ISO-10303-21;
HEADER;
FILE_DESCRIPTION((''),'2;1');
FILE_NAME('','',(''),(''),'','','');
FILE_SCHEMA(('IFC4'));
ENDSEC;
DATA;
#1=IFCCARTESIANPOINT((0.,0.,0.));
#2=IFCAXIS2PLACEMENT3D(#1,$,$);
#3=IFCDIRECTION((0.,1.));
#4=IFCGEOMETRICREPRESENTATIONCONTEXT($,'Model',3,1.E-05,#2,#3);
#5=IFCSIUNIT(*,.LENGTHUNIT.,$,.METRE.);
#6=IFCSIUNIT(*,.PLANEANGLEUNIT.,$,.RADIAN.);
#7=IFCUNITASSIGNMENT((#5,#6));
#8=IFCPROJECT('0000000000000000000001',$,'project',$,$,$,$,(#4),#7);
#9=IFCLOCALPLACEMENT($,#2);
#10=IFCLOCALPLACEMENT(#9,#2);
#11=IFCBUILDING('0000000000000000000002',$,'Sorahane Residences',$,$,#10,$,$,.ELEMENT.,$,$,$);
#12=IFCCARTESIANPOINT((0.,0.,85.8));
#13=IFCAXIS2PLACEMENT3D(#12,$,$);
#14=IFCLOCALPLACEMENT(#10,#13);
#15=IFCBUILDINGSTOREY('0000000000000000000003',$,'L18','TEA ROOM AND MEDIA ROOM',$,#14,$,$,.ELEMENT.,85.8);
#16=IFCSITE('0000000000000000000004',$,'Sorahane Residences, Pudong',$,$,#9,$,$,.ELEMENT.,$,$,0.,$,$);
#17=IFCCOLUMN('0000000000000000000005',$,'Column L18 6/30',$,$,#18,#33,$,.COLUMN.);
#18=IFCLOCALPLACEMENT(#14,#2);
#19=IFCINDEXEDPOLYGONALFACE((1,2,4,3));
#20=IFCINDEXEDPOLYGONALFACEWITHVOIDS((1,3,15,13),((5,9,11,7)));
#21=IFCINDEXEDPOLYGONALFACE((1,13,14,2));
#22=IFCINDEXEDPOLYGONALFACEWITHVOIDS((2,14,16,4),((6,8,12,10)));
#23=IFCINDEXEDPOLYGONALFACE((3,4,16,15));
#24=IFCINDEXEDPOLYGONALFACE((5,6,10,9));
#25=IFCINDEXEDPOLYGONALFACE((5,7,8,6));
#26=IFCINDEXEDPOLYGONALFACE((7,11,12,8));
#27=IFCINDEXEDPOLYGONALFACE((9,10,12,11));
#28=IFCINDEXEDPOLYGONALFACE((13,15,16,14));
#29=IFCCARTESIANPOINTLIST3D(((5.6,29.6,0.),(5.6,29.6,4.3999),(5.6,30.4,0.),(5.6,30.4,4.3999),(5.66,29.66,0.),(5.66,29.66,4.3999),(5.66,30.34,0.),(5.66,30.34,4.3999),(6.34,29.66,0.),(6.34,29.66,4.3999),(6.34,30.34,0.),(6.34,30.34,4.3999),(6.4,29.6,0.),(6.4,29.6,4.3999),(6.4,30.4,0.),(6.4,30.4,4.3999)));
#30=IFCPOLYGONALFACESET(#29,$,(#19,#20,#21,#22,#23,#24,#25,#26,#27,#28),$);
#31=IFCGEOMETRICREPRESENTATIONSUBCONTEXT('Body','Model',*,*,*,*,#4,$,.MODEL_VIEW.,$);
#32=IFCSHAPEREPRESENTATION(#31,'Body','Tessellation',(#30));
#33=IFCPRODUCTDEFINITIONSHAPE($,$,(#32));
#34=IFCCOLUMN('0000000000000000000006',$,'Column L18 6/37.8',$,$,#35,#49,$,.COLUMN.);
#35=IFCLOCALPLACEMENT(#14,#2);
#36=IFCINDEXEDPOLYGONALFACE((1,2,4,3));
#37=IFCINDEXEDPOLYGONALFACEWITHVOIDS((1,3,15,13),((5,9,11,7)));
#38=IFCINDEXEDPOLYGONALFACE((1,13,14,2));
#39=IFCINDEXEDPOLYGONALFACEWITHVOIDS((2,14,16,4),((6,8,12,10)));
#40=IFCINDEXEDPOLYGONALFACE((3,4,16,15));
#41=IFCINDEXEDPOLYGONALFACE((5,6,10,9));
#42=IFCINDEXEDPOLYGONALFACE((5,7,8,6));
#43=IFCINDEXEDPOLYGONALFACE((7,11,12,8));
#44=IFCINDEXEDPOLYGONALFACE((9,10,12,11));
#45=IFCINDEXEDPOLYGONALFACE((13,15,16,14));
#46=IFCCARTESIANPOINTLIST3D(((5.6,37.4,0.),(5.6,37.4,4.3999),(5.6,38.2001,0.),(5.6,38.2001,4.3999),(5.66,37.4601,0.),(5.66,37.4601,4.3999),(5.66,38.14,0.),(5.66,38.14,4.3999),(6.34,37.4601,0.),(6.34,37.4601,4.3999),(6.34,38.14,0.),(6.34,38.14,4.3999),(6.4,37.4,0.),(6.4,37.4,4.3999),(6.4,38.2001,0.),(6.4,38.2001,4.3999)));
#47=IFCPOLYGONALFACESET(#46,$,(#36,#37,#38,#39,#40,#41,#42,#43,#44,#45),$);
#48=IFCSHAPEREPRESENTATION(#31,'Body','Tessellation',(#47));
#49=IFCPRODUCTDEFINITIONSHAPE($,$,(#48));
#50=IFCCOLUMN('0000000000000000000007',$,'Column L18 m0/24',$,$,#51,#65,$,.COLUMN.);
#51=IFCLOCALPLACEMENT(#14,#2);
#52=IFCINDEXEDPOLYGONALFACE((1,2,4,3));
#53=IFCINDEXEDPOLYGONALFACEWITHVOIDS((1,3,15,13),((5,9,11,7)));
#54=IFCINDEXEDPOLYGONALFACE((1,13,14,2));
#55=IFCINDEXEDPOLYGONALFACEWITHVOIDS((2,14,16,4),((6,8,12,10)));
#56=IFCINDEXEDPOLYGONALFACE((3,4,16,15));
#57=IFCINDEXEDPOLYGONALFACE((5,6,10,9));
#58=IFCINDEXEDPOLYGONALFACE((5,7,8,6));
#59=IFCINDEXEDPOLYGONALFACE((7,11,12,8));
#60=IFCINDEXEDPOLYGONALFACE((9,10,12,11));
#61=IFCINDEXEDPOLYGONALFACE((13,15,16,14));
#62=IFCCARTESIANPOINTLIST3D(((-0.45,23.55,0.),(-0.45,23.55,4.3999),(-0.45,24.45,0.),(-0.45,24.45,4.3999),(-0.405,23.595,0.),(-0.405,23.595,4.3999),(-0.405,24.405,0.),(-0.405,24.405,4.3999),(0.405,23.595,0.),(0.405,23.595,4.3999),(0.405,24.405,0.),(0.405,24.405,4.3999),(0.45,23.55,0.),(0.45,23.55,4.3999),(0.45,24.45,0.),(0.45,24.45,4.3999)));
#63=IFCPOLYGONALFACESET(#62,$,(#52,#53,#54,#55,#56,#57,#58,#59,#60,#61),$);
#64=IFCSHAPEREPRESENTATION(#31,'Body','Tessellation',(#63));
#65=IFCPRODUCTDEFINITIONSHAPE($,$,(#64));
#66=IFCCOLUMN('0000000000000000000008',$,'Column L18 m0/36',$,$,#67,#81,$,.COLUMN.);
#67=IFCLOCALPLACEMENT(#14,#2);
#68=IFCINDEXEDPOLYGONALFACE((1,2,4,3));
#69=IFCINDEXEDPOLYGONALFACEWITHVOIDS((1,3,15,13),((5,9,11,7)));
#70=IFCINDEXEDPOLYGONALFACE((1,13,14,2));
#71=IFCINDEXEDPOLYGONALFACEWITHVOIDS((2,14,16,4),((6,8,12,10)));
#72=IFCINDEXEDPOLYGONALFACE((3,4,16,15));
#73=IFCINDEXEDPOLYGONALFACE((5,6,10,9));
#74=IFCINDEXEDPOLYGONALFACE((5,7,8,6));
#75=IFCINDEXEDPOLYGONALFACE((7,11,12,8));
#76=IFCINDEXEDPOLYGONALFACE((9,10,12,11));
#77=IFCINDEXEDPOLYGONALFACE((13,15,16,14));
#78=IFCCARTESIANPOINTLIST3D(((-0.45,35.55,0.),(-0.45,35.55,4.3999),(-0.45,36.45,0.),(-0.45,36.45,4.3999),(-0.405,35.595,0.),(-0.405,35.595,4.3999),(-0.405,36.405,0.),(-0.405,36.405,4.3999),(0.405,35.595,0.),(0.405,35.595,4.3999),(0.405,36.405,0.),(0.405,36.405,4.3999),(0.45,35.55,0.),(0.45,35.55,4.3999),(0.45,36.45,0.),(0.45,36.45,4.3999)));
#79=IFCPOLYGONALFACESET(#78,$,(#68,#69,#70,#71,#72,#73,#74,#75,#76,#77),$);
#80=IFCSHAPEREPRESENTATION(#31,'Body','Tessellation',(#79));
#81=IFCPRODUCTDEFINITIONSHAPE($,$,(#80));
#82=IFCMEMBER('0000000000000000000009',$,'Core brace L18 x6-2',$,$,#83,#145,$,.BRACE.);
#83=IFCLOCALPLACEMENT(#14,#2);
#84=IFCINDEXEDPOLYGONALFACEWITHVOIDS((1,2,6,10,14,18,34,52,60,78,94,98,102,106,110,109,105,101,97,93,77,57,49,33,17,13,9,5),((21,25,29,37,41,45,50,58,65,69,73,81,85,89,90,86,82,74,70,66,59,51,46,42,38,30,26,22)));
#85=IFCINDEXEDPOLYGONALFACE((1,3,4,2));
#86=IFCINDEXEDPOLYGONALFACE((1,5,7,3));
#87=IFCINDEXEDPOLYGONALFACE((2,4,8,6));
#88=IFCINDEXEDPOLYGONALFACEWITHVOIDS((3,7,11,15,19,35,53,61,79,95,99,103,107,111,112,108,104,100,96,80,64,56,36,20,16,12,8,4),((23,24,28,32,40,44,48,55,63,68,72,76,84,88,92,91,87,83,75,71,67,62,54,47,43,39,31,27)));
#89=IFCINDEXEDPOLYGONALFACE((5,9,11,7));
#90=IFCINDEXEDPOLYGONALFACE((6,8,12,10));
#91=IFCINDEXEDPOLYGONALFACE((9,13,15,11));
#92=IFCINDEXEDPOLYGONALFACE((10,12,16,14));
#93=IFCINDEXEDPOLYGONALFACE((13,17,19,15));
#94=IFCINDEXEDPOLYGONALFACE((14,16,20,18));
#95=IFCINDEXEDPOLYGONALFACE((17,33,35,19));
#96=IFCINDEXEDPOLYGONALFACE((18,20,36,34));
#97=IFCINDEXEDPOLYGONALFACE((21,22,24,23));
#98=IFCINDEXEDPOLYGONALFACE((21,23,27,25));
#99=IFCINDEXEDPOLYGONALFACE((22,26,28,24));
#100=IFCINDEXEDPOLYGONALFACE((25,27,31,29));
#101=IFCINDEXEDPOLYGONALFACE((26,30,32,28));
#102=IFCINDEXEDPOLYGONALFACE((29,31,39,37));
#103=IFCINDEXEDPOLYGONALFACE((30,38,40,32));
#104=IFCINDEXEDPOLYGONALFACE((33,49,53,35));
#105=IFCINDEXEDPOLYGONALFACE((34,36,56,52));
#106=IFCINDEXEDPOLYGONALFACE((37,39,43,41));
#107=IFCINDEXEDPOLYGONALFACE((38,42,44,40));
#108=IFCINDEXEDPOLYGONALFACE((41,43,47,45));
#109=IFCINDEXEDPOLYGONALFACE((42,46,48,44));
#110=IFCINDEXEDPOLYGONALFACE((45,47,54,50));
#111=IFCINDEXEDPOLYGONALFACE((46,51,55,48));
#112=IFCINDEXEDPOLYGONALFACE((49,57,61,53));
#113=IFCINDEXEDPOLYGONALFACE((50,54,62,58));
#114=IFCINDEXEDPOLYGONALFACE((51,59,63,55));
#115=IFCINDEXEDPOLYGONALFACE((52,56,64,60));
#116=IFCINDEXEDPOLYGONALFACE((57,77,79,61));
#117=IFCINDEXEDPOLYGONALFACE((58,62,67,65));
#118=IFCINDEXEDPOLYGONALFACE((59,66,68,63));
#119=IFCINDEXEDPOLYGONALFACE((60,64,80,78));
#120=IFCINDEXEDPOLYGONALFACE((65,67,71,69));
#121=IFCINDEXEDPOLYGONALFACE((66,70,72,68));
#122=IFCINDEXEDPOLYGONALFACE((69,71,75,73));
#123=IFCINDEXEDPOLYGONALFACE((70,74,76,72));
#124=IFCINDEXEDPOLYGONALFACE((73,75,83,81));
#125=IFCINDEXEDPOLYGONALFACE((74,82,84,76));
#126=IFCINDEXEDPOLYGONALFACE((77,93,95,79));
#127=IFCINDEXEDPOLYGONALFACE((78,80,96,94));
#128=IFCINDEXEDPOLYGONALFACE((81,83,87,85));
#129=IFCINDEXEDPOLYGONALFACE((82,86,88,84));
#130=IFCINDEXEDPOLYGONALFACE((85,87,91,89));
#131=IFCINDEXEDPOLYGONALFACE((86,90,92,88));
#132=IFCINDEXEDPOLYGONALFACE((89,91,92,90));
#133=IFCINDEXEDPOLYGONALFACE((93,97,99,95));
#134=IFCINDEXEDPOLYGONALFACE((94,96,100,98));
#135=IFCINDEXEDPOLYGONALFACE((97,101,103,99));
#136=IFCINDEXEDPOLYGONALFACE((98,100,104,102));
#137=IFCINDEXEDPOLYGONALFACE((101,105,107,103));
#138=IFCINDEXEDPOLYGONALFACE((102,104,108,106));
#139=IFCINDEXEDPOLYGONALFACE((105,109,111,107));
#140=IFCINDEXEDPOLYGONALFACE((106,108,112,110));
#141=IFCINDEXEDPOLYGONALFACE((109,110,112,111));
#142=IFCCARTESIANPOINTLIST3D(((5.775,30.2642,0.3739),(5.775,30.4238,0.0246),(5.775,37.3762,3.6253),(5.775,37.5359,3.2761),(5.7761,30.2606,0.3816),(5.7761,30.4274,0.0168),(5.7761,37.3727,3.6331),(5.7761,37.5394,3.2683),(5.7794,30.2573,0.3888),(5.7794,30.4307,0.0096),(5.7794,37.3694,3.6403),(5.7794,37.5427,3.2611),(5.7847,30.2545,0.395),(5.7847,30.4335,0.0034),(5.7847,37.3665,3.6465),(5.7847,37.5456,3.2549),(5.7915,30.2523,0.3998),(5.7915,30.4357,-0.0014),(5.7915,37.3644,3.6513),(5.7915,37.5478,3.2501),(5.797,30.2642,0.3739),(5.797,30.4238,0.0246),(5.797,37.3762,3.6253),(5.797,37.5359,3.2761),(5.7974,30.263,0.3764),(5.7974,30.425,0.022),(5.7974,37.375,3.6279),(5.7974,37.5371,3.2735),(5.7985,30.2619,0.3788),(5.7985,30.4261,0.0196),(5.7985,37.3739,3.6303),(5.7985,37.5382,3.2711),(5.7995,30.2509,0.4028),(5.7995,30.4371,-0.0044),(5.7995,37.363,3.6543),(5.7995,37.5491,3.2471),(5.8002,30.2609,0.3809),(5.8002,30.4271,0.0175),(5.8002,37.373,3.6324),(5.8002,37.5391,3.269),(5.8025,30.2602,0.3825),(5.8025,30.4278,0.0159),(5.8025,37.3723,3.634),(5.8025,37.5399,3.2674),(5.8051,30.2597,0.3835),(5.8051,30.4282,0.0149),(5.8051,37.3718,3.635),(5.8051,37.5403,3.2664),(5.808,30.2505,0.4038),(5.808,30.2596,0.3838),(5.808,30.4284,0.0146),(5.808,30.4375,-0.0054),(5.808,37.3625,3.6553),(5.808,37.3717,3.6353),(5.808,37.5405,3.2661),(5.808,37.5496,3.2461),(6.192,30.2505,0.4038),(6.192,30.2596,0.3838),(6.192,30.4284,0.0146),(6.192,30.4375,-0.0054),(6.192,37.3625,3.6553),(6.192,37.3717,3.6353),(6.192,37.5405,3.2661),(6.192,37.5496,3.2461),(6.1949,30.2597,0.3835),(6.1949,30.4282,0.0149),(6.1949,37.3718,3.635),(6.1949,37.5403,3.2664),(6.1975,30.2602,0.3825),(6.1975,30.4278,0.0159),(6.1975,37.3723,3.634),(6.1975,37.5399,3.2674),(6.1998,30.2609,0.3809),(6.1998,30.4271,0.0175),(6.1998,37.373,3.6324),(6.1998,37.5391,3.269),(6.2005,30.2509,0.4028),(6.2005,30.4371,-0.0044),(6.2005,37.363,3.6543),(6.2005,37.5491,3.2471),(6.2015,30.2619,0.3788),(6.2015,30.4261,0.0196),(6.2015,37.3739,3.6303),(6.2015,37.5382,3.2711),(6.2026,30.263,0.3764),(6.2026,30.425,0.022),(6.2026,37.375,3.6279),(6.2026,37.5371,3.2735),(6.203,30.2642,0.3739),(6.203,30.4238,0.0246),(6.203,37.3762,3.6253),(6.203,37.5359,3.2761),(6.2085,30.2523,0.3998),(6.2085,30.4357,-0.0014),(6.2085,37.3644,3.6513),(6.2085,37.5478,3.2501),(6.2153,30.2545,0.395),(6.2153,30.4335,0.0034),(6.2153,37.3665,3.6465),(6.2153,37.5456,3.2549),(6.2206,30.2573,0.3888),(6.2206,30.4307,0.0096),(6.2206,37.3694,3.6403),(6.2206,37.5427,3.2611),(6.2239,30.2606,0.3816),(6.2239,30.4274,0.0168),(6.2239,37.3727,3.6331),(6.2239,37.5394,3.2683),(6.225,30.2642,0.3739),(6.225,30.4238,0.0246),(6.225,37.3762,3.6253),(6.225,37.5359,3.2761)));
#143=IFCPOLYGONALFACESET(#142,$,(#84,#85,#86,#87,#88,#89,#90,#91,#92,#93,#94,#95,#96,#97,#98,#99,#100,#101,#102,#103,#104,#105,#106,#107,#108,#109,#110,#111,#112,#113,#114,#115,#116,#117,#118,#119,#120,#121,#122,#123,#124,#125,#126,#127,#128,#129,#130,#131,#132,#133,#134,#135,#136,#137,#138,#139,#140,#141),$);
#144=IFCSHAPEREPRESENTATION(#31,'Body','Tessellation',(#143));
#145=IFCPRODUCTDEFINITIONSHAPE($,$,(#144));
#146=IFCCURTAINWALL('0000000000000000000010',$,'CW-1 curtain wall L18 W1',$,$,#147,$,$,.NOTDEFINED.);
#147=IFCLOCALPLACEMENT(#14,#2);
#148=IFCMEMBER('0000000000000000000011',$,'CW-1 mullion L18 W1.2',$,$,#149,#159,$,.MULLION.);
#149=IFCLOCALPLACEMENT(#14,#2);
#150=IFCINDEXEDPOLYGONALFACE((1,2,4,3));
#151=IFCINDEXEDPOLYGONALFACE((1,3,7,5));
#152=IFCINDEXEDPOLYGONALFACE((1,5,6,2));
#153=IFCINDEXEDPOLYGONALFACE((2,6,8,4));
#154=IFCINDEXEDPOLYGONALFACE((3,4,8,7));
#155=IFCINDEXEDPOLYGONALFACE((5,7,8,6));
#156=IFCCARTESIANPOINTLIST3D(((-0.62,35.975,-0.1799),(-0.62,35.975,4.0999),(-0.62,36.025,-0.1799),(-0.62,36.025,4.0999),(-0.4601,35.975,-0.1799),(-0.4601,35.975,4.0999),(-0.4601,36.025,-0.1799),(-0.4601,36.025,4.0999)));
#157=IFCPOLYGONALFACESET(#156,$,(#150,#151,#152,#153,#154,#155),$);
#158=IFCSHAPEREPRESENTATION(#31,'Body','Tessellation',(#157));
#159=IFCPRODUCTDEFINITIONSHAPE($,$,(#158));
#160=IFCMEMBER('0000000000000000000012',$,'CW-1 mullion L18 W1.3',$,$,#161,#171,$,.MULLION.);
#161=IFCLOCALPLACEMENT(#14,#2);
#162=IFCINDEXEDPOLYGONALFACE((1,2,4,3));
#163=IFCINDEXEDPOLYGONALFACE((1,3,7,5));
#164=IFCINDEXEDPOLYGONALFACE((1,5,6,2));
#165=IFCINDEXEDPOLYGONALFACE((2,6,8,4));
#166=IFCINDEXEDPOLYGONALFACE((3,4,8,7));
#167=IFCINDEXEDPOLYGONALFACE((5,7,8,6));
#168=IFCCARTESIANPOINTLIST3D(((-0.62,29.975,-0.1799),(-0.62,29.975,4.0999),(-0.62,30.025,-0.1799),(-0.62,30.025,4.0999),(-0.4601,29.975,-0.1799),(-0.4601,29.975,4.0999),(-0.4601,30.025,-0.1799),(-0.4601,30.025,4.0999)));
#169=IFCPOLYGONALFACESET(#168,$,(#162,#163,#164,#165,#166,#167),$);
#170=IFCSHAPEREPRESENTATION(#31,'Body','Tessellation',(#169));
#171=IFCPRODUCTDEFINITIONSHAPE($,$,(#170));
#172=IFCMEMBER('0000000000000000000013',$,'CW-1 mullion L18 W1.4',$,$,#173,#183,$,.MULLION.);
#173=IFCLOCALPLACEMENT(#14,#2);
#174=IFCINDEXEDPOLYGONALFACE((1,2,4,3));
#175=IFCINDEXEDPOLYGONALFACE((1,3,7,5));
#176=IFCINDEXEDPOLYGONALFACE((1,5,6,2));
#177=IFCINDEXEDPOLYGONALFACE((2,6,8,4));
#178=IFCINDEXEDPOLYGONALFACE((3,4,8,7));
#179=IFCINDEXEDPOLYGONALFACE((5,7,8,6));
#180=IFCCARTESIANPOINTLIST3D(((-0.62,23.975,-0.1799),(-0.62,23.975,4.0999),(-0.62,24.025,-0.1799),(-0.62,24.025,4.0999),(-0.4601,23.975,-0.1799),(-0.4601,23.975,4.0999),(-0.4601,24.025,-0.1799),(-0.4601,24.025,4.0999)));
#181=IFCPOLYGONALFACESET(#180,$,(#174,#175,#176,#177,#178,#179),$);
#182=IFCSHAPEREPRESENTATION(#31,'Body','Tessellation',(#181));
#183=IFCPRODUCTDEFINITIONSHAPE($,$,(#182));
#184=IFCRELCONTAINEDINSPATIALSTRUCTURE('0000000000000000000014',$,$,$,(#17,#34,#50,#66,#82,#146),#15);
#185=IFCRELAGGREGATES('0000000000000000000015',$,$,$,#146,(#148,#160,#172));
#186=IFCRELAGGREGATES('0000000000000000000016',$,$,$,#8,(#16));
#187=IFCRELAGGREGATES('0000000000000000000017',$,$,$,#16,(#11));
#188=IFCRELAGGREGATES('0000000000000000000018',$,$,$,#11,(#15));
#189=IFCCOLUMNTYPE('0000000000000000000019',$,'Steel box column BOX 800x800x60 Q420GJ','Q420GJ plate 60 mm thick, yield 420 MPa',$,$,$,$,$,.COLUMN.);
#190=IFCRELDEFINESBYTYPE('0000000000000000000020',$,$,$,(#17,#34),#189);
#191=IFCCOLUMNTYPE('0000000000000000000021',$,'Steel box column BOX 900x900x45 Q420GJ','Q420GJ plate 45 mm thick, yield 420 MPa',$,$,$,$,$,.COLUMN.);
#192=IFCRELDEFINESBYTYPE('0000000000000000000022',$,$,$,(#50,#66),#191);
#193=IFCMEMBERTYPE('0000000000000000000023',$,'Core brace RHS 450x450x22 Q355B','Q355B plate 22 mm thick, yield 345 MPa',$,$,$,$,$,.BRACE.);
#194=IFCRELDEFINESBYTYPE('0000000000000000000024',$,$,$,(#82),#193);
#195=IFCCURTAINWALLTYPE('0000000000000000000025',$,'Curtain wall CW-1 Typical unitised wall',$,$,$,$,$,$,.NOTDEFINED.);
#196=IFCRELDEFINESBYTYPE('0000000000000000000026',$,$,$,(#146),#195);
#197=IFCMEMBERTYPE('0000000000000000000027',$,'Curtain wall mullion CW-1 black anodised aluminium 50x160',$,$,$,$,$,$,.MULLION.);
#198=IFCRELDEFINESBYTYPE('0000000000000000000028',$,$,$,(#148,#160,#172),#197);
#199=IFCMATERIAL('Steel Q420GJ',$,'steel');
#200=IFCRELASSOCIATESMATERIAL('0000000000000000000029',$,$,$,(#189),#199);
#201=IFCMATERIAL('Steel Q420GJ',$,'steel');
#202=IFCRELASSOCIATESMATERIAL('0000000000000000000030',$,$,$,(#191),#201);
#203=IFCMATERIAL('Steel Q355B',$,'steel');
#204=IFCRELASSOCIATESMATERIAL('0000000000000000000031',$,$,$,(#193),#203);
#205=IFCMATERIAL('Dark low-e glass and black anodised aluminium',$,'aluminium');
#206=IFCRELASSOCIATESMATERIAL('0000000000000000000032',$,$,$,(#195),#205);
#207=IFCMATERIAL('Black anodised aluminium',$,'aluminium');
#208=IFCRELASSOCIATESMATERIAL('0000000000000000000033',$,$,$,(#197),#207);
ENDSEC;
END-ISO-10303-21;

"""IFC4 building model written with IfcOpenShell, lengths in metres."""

from ifc_helpers import new_model, si_unit, direction, frame, origin, origin_2d, place, context, subcontext, project, spatial, rectangle, hollow_rectangle, extrude, material, material_profile, profile_set, type_object, element, aggregate, save


model = new_model("IFC4")

# Units and contexts
model_context = context("Model", 3, precision=1e-05, world=origin(), true_north=direction((0.0, 1.0)))
body_context = subcontext(model_context, "Body", "Model", "MODEL_VIEW")
ifc_project = project(units=[si_unit("LENGTHUNIT", "METRE"), si_unit("PLANEANGLEUNIT", "RADIAN")], contexts=[model_context])

# Site, building, storey
site_placement = place(None, origin())
site = spatial("IfcSite", under=ifc_project, at=site_placement, Name="Sorahane Residences, Pudong", CompositionType="ELEMENT", RefElevation=0.0)
building_placement = place(site_placement, origin())
building = spatial("IfcBuilding", under=site, at=building_placement, Name="Sorahane Residences", CompositionType="ELEMENT")
storey_placement = place(building_placement, frame((0.0, 0.0, 85.8)))
storey = spatial("IfcBuildingStorey", under=building, at=storey_placement, Name="L18", Description="TEA ROOM AND MEDIA ROOM", CompositionType="ELEMENT", Elevation=85.8)

# Columns
ifc_material_1 = material(Name="Steel Q420GJ", Category="steel")
ifc_material_profile_1 = material_profile(ifc_material_1, hollow_rectangle(XDim=0.8, YDim=0.8, WallThickness=0.0601, at=origin_2d()), Name="BOX 800x800x60")
ifc_profile_set_1 = profile_set([ifc_material_profile_1], Name="Steel Q420GJ")
column_type_1 = type_object("IfcColumnType", Name="Steel box column BOX 800x800x60 Q420GJ", Description="Q420GJ plate 60 mm thick, yield 420 MPa", PredefinedType="COLUMN", material=ifc_profile_set_1)
for number, where, z_axis, x_axis, name in (
    (1, (6.0, 30.0, 0.0), (0.0, 0.0, 1.0), (1.0, 0.0, 0.0), "Column L18 6/30"),
    (2, (6.0, 37.8, 0.0), (0.0, 0.0, 1.0), (1.0, 0.0, 0.0), "Column L18 6/37.8"),
):
    element("IfcColumn", number, at=place(storey_placement, frame(where, z_axis=z_axis, x_axis=x_axis)), inside=storey, type_object=column_type_1, Name=name, PredefinedType="COLUMN", context=body_context, shape_type="SweptSolid", body=[
        extrude(hollow_rectangle(XDim=0.8, YDim=0.8, WallThickness=0.0601, at=origin_2d()), origin(), (0.0, 0.0, 1.0), 4.3999),
    ])
ifc_material_2 = material(Name="Steel Q420GJ", Category="steel")
ifc_material_profile_2 = material_profile(ifc_material_2, hollow_rectangle(XDim=0.8999, YDim=0.8999, WallThickness=0.0449, at=origin_2d()), Name="BOX 900x900x45")
ifc_profile_set_2 = profile_set([ifc_material_profile_2], Name="Steel Q420GJ")
column_type_2 = type_object("IfcColumnType", Name="Steel box column BOX 900x900x45 Q420GJ", Description="Q420GJ plate 45 mm thick, yield 420 MPa", PredefinedType="COLUMN", material=ifc_profile_set_2)
for number, where, z_axis, x_axis, name in (
    (3, (0.0, 24.0, 0.0), (0.0, 0.0, 1.0), (1.0, 0.0, 0.0), "Column L18 m0/24"),
    (4, (0.0, 36.0, 0.0), (0.0, 0.0, 1.0), (1.0, 0.0, 0.0), "Column L18 m0/36"),
):
    element("IfcColumn", number, at=place(storey_placement, frame(where, z_axis=z_axis, x_axis=x_axis)), inside=storey, type_object=column_type_2, Name=name, PredefinedType="COLUMN", context=body_context, shape_type="SweptSolid", body=[
        extrude(hollow_rectangle(XDim=0.8999, YDim=0.8999, WallThickness=0.0449, at=origin_2d()), origin(), (0.0, 0.0, 1.0), 4.3999),
    ])

# Member
ifc_material_3 = material(Name="Steel Q355B", Category="steel")
ifc_material_profile_3 = material_profile(ifc_material_3, hollow_rectangle(XDim=0.45, YDim=0.45, WallThickness=0.022, InnerFilletRadius=0.011, OuterFilletRadius=0.033, at=origin_2d()), Name="RHS 450x450x22")
ifc_profile_set_3 = profile_set([ifc_material_profile_3], Name="Steel Q355B")
member_type_1 = type_object("IfcMemberType", Name="Core brace RHS 450x450x22 Q355B", Description="Q355B plate 22 mm thick, yield 345 MPa", PredefinedType="BRACE", material=ifc_profile_set_3)
member_1_placement = place(storey_placement, frame((6.0, 30.344, 0.1992), z_axis=(0.0, 0.909463, 0.415785), x_axis=(-1.0, 0.0, 0.0)))
element("IfcMember", 5, at=member_1_placement, inside=storey, type_object=member_type_1, Name="Core brace L18 x6-2", PredefinedType="BRACE", context=body_context, shape_type="SweptSolid", body=[
    extrude(hollow_rectangle(XDim=0.45, YDim=0.45, WallThickness=0.022, InnerFilletRadius=0.011, OuterFilletRadius=0.033, at=origin_2d()), origin(), (0.0, 0.0, 1.0), 7.8201),
])

# Curtain wall, members
ifc_material_4 = material(Name="Dark low-e glass and black anodised aluminium", Category="aluminium")
curtain_wall_type = type_object("IfcCurtainWallType", Name="Curtain wall CW-1 Typical unitised wall", PredefinedType="NOTDEFINED", material=ifc_material_4)
curtain_wall_placement = place(storey_placement, origin())
curtain_wall = element("IfcCurtainWall", 6, at=curtain_wall_placement, inside=storey, type_object=curtain_wall_type, Name="CW-1 curtain wall L18 W1", PredefinedType="NOTDEFINED")
ifc_material_5 = material(Name="Black anodised aluminium", Category="aluminium")
ifc_material_profile_4 = material_profile(ifc_material_5, rectangle(XDim=0.1599, YDim=0.05, at=origin_2d()), Name="Curtain wall mullion CW-1 black anodised aluminium 50x160")
ifc_profile_set_4 = profile_set([ifc_material_profile_4], Name="Black anodised aluminium")
member_type_2 = type_object("IfcMemberType", Name="Curtain wall mullion CW-1 black anodised aluminium 50x160", PredefinedType="MULLION", material=ifc_profile_set_4)
member_2_placement = place(storey_placement, frame((-0.54, 36.0, -0.1799), z_axis=(0.0, 0.0, 1.0), x_axis=(-1.0, 0.0, 0.0)))
member_2 = element("IfcMember", 7, at=member_2_placement, type_object=member_type_2, Name="CW-1 mullion L18 W1.2", PredefinedType="MULLION", context=body_context, shape_type="SweptSolid", body=[
    extrude(rectangle(XDim=0.1599, YDim=0.05, at=origin_2d()), origin(), (0.0, 0.0, 1.0), 4.2798),
])
member_3_placement = place(storey_placement, frame((-0.54, 30.0, -0.1799), z_axis=(0.0, 0.0, 1.0), x_axis=(-1.0, 0.0, 0.0)))
member_3 = element("IfcMember", 8, at=member_3_placement, type_object=member_type_2, Name="CW-1 mullion L18 W1.3", PredefinedType="MULLION", context=body_context, shape_type="SweptSolid", body=[
    extrude(rectangle(XDim=0.1599, YDim=0.05, at=origin_2d()), origin(), (0.0, 0.0, 1.0), 4.2798),
])
member_4_placement = place(storey_placement, frame((-0.54, 24.0, -0.1799), z_axis=(0.0, 0.0, 1.0), x_axis=(-1.0, 0.0, 0.0)))
member_4 = element("IfcMember", 9, at=member_4_placement, type_object=member_type_2, Name="CW-1 mullion L18 W1.4", PredefinedType="MULLION", context=body_context, shape_type="SweptSolid", body=[
    extrude(rectangle(XDim=0.1599, YDim=0.05, at=origin_2d()), origin(), (0.0, 0.0, 1.0), 4.2798),
])

aggregate(curtain_wall, [member_2, member_3, member_4])

save(model, "model.ifc")
